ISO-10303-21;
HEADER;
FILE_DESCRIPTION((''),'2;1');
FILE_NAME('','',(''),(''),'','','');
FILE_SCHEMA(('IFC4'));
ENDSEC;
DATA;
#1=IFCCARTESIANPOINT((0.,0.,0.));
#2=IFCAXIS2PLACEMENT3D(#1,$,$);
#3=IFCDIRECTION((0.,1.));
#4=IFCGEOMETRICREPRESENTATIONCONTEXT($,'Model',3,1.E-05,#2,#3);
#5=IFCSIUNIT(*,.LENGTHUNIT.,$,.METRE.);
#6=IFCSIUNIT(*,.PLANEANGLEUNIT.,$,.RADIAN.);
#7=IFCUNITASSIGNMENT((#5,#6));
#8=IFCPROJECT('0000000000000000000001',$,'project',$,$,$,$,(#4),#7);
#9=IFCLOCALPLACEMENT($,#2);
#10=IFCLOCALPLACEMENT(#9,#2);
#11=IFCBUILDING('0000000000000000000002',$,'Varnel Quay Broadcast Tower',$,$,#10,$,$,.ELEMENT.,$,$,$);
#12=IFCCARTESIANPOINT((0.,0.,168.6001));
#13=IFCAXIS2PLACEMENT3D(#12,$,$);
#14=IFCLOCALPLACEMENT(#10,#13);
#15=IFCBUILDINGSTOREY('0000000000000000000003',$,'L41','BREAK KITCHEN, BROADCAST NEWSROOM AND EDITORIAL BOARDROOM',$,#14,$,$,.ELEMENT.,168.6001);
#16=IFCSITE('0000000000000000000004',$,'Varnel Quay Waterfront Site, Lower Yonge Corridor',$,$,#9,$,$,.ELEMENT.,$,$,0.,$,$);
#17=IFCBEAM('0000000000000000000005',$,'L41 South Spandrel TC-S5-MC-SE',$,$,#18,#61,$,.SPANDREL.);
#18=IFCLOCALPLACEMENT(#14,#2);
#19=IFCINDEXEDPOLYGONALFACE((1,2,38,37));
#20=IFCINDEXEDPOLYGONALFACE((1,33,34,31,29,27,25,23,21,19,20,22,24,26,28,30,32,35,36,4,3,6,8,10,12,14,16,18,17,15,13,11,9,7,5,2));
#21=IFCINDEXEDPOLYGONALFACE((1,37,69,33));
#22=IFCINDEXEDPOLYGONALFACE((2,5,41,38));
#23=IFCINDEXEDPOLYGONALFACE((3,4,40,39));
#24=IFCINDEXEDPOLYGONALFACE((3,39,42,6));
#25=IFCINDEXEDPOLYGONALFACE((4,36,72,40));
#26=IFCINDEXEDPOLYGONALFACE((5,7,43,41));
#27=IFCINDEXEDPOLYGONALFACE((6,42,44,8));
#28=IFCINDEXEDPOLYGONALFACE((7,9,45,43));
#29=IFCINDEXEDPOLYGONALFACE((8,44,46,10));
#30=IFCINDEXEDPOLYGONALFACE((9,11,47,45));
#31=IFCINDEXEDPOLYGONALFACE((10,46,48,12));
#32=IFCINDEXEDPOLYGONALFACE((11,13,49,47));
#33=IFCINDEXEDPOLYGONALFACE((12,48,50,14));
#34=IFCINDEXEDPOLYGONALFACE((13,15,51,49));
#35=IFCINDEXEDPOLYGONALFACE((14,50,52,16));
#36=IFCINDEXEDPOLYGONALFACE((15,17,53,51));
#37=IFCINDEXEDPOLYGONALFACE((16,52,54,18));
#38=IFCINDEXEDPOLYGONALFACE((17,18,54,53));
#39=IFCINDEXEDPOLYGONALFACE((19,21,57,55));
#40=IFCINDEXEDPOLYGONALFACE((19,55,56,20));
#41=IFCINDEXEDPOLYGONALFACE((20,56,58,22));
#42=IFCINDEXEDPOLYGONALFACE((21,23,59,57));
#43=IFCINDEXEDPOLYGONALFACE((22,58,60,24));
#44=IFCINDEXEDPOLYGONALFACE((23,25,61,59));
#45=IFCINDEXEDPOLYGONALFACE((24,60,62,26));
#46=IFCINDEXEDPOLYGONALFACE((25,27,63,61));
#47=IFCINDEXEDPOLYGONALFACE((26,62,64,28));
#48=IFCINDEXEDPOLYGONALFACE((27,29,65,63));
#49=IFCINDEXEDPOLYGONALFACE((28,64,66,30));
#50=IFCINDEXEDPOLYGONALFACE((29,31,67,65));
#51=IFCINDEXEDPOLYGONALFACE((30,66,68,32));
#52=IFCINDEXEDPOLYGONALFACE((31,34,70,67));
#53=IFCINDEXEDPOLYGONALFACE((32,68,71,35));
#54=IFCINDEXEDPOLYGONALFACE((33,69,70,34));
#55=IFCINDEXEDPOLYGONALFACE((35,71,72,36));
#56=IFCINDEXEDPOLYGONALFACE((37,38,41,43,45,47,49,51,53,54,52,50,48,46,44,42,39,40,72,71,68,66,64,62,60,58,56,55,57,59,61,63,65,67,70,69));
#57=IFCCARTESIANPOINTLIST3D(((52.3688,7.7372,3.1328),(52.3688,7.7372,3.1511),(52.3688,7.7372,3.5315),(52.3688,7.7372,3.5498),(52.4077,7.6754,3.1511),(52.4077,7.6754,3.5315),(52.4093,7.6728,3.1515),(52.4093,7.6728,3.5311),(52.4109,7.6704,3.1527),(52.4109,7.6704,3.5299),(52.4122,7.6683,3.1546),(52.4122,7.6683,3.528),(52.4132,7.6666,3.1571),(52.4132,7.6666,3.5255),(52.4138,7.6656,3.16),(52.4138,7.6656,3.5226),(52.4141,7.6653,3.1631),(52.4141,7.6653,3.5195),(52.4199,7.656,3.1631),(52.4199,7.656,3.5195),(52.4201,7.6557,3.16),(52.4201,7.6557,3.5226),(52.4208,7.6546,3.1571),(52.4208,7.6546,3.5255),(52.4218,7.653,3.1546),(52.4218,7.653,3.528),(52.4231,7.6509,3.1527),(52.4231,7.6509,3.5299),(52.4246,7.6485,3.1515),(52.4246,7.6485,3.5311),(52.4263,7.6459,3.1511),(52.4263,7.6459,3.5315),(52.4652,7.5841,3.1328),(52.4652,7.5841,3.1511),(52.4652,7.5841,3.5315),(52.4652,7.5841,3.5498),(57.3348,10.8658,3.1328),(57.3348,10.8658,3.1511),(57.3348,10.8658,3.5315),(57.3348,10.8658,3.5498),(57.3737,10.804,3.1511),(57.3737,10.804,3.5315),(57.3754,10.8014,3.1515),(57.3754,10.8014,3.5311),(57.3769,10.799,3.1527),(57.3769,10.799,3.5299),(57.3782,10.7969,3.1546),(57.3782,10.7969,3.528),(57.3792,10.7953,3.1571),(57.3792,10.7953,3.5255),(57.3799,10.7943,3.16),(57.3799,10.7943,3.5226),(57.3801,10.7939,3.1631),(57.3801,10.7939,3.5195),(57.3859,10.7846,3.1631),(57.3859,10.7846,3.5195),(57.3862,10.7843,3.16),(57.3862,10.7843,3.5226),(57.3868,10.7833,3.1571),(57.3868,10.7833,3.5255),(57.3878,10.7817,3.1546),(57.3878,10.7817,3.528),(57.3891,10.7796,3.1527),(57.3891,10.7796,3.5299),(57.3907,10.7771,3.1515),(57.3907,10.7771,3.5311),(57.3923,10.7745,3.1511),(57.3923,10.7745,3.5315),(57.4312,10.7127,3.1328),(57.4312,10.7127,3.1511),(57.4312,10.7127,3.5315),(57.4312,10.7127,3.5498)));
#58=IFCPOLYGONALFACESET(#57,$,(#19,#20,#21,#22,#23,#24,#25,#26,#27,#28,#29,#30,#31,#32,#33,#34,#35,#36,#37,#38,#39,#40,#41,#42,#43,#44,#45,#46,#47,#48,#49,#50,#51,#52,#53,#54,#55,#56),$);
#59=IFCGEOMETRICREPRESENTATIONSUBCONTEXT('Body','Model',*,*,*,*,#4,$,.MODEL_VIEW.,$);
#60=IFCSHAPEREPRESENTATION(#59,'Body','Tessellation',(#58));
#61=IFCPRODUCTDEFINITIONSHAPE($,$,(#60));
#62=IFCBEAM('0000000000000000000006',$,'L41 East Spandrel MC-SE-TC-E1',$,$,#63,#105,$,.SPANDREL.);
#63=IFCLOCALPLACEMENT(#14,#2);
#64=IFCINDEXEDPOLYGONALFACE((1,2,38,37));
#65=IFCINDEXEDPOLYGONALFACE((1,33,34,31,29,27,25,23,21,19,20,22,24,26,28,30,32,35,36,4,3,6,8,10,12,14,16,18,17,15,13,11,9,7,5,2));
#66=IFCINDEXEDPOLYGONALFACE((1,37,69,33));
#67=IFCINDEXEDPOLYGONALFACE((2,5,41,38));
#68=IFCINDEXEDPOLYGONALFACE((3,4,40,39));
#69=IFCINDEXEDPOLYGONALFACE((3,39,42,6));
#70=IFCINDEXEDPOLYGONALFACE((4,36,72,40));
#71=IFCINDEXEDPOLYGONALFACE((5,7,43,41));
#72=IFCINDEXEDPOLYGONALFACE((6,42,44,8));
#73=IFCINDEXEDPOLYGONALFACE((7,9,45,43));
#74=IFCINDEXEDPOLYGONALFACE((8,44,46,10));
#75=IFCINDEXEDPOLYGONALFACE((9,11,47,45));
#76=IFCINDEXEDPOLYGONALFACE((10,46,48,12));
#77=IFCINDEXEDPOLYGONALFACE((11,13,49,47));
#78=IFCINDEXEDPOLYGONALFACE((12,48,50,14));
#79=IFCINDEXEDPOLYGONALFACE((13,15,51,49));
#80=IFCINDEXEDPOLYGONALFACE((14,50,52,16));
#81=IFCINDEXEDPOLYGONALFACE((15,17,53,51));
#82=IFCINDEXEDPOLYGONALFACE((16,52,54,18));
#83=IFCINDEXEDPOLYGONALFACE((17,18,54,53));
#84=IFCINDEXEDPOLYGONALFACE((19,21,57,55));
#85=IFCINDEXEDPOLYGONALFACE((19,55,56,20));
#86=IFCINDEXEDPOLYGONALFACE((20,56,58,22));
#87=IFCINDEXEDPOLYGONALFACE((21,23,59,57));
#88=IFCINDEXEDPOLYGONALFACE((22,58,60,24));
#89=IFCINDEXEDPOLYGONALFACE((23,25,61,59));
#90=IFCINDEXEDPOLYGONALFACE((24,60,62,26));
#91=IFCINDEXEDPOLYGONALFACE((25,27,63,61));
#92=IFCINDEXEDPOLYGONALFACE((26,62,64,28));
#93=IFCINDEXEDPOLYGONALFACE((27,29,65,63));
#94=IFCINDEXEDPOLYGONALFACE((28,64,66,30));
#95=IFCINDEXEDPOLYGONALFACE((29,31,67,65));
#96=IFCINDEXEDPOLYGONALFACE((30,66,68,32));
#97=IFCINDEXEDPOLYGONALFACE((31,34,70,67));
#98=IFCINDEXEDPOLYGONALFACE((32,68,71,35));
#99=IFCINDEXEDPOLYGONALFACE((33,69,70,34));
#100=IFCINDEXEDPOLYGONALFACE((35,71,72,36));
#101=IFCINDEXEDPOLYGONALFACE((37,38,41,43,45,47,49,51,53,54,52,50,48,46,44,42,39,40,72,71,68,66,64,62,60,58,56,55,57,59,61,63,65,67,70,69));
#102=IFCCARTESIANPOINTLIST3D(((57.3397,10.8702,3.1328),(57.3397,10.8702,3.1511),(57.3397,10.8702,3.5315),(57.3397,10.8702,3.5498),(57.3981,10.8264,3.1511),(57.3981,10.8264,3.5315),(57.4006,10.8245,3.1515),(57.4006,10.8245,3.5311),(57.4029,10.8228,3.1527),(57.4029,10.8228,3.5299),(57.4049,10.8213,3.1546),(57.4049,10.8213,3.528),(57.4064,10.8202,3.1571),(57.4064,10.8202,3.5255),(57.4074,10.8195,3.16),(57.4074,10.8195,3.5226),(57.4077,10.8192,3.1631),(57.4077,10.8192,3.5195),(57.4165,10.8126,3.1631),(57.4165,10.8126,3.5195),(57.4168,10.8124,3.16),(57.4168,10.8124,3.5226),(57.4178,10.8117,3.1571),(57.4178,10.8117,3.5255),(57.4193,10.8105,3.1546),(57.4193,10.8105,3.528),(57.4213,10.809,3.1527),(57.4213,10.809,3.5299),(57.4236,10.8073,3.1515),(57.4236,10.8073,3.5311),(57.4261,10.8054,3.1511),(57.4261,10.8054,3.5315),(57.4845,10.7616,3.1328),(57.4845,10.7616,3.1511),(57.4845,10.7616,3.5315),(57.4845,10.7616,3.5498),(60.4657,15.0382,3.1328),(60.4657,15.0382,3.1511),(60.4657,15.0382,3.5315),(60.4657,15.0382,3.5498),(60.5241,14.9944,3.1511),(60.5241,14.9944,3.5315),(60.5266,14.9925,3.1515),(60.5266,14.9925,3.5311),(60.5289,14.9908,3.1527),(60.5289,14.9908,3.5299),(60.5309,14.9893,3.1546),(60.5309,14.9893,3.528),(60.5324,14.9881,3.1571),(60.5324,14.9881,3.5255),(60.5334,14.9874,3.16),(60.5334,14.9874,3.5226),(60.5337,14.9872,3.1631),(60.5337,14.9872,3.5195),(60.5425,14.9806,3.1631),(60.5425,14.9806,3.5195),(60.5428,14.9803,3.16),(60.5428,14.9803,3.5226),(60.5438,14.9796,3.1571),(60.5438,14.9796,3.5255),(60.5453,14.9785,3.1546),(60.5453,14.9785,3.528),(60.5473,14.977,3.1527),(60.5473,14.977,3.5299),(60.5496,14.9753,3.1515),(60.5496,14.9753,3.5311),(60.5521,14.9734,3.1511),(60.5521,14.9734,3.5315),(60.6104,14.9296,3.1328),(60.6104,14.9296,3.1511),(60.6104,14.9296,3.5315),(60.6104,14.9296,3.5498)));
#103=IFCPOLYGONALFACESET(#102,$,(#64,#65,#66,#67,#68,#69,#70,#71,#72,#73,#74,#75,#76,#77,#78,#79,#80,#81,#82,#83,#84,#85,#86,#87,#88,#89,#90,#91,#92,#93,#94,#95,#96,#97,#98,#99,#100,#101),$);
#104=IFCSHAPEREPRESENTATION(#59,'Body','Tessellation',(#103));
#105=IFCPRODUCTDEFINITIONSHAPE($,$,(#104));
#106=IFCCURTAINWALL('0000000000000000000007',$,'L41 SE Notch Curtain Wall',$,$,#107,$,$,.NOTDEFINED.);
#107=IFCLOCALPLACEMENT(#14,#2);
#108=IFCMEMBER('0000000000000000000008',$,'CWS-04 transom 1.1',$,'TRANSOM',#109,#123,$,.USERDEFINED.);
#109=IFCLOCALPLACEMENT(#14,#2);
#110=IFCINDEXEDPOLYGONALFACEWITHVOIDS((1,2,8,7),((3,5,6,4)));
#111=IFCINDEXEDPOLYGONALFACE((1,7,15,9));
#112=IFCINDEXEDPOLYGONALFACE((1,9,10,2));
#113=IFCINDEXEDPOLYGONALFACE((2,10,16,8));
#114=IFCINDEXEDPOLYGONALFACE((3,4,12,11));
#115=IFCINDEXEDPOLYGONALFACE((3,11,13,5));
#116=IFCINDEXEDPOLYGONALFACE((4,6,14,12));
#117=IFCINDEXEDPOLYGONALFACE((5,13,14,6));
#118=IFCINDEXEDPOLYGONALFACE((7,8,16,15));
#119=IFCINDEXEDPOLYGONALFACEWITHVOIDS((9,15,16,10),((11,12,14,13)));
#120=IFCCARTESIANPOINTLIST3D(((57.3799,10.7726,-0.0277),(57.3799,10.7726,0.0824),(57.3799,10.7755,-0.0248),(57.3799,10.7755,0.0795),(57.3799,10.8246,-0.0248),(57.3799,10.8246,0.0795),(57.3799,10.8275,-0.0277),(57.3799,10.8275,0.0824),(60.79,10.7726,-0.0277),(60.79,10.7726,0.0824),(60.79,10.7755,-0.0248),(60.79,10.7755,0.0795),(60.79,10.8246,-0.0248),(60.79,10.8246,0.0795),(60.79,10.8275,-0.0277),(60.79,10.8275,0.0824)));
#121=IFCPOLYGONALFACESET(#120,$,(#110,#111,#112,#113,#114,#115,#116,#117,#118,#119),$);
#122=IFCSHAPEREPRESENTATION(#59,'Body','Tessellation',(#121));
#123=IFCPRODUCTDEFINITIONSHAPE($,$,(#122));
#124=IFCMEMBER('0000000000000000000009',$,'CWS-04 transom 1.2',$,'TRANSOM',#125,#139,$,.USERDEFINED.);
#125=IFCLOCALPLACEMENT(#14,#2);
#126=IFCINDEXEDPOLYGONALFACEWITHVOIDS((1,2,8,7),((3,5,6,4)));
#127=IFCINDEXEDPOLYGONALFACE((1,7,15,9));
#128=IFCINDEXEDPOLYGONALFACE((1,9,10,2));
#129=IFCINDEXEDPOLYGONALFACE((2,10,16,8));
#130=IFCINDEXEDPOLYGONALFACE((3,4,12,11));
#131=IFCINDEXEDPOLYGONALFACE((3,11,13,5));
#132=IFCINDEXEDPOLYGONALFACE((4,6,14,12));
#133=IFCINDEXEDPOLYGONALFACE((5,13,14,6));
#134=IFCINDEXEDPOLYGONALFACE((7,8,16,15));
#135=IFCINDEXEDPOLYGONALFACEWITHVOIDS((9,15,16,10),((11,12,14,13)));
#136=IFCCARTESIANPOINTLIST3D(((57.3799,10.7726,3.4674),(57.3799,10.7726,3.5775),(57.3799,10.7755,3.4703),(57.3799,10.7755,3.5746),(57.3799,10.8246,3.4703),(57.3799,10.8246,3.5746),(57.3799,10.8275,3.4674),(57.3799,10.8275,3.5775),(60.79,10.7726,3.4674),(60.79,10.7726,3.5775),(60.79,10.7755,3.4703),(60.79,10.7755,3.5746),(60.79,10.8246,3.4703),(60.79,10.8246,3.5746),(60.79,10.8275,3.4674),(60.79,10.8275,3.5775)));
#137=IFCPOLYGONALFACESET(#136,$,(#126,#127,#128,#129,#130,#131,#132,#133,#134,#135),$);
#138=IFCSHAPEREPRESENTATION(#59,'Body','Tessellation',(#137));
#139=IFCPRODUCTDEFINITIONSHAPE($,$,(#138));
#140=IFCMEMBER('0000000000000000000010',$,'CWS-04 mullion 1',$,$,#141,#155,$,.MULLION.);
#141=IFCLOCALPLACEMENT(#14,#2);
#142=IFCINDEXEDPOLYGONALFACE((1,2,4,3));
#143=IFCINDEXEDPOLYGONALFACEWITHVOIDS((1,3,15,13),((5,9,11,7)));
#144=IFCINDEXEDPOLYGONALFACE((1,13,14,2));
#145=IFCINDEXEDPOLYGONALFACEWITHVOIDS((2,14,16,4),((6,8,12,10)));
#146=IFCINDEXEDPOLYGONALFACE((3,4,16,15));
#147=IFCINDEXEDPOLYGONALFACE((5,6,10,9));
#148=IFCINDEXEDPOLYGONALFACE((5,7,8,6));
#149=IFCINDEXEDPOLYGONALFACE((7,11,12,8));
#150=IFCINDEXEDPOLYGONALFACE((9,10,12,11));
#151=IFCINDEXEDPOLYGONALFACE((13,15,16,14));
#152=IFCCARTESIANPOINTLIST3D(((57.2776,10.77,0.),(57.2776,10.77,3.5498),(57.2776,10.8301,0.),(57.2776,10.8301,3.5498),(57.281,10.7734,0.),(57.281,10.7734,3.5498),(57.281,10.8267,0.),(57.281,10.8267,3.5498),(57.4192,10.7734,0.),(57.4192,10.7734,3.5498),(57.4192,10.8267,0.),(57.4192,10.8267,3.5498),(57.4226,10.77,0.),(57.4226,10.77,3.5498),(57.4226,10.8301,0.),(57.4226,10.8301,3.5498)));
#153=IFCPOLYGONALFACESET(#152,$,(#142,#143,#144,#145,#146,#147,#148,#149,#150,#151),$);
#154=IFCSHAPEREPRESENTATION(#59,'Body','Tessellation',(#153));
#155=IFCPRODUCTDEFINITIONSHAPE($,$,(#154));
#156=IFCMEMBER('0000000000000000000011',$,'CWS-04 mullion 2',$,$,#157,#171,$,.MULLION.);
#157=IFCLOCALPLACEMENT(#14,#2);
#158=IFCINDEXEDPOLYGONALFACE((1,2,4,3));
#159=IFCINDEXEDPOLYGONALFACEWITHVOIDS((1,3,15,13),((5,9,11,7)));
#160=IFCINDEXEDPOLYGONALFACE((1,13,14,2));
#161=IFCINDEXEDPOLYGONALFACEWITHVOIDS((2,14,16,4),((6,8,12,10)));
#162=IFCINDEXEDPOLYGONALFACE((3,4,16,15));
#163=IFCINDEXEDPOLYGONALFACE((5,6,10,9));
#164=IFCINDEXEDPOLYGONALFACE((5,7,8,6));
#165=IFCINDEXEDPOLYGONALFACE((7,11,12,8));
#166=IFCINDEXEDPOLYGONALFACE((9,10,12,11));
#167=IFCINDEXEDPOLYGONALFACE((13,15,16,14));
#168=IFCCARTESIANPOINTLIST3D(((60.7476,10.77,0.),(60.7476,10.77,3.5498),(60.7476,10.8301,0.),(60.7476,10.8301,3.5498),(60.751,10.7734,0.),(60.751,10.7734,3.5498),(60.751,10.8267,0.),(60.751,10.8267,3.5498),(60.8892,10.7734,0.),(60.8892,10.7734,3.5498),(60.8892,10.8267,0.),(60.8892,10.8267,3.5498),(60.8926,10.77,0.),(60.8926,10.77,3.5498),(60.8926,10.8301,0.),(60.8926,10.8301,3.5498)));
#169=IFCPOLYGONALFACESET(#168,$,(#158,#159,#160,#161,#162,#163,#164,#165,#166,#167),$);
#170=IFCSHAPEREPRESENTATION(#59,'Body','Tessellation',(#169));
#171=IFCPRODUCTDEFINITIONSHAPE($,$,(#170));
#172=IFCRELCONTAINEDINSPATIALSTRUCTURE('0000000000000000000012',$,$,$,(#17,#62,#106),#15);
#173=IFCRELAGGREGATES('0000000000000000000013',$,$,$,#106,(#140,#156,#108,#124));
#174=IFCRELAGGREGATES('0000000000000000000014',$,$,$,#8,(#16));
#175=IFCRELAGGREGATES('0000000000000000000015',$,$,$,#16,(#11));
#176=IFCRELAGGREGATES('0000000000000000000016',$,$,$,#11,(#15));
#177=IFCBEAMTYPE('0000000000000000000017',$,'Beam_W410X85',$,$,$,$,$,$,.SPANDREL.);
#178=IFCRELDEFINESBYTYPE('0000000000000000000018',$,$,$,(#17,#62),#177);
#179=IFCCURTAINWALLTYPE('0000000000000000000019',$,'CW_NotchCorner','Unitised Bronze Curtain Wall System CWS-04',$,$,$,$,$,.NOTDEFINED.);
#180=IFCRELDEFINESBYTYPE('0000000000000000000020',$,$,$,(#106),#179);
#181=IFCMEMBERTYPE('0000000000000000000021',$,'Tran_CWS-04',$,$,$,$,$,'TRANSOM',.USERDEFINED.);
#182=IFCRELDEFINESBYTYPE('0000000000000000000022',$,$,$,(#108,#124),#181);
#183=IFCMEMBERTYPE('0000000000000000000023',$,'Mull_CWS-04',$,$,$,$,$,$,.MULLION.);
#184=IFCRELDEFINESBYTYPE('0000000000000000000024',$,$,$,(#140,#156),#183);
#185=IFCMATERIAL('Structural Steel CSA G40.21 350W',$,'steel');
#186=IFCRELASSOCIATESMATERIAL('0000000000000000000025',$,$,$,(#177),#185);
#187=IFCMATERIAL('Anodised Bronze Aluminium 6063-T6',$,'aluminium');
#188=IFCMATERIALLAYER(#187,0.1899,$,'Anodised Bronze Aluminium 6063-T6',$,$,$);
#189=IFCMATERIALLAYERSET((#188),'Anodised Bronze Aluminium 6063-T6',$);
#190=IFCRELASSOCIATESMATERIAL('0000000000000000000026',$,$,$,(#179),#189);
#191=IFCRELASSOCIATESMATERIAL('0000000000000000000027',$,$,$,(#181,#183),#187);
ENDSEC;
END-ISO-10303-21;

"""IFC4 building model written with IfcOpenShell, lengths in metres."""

from ifc_helpers import new_model, si_unit, direction, frame, origin, origin_2d, place, context, subcontext, project, spatial, hollow_rectangle, i_section, extrude, source, transform, mapped, material, layer, layer_set, material_profile, profile_set, type_object, type_shapes, element, aggregate, save


model = new_model("IFC4")

# Units and contexts
model_context = context("Model", 3, precision=1e-05, world=origin(), true_north=direction((0.0, 1.0)))
body_context = subcontext(model_context, "Body", "Model", "MODEL_VIEW")
ifc_project = project(units=[si_unit("LENGTHUNIT", "METRE"), si_unit("PLANEANGLEUNIT", "RADIAN")], contexts=[model_context])

# Site, building, storey
site_placement = place(None, origin())
site = spatial("IfcSite", under=ifc_project, at=site_placement, Name="Varnel Quay Waterfront Site, Lower Yonge Corridor", CompositionType="ELEMENT", RefElevation=0.0)
building_placement = place(site_placement, origin())
building = spatial("IfcBuilding", under=site, at=building_placement, Name="Varnel Quay Broadcast Tower", CompositionType="ELEMENT")
storey_placement = place(building_placement, frame((0.0, 0.0, 168.6001)))
storey = spatial("IfcBuildingStorey", under=building, at=storey_placement, Name="L41", Description="BREAK KITCHEN, BROADCAST NEWSROOM AND EDITORIAL BOARDROOM", CompositionType="ELEMENT", Elevation=168.6001)

# Shared definitions
ifc_material_1 = material(Name="Structural Steel CSA G40.21 350W", Category="steel")

# Beams
ifc_material_profile_1 = material_profile(ifc_material_1, i_section(OverallWidth=0.1809, OverallDepth=0.417, WebThickness=0.011, FlangeThickness=0.0183, FilletRadius=0.012, at=origin_2d()), Name="W410X85")
ifc_profile_set_1 = profile_set([ifc_material_profile_1], Name="Structural Steel CSA G40.21 350W")
beam_type = type_object("IfcBeamType", Name="Beam_W410X85", PredefinedType="SPANDREL", material=ifc_profile_set_1)
shared_shape_1 = source(origin(), body_context, "Body", "SweptSolid", [
    extrude(i_section(OverallWidth=0.1809, OverallDepth=0.417, WebThickness=0.011, FlangeThickness=0.0183, FilletRadius=0.012, at=origin_2d()), origin(), (0.0, 0.0, 1.0), 5.8694),
])
beam_1_placement = place(storey_placement, frame((52.417, 7.6606, 3.3413), z_axis=(0.846088, 0.533043, 0.0), x_axis=(-0.533043, 0.846088, 0.0)))
element("IfcBeam", 1, at=beam_1_placement, inside=storey, type_object=beam_type, Name="L41 South Spandrel TC-S5-MC-SE", PredefinedType="SPANDREL", context=body_context, shape_type="MappedRepresentation", body=[
    mapped(shared_shape_1, transform((0.0, 0.0, 0.0), x_axis=(1.0, 0.0, 0.0), y_axis=(0.0, 1.0, 0.0), z_axis=(0.0, 0.0, 1.0), scale=1.0)),
])
shared_shape_2 = source(origin(), body_context, "Body", "SweptSolid", [
    extrude(i_section(OverallWidth=0.1809, OverallDepth=0.417, WebThickness=0.011, FlangeThickness=0.0183, FilletRadius=0.012, at=origin_2d()), origin(), (0.0, 0.0, 1.0), 5.21),
])
beam_2_placement = place(storey_placement, frame((57.4121, 10.8159, 3.3413), z_axis=(0.6, 0.8, 0.0), x_axis=(-0.8, 0.6, 0.0)))
element("IfcBeam", 2, at=beam_2_placement, inside=storey, type_object=beam_type, Name="L41 East Spandrel MC-SE-TC-E1", PredefinedType="SPANDREL", context=body_context, shape_type="MappedRepresentation", body=[
    mapped(shared_shape_2, transform((0.0, 0.0, 0.0), x_axis=(1.0, 0.0, 0.0), y_axis=(0.0, 1.0, 0.0), z_axis=(0.0, 0.0, 1.0), scale=1.0)),
])

# Curtain wall, members
ifc_material_2 = material(Name="Anodised Bronze Aluminium 6063-T6", Category="aluminium")
ifc_layer_1 = layer(ifc_material_2, 0.1899, Name="Anodised Bronze Aluminium 6063-T6")
ifc_layer_set_1 = layer_set([ifc_layer_1], Name="Anodised Bronze Aluminium 6063-T6")
curtain_wall_type_1 = type_object("IfcCurtainWallType", Name="CW_NotchCorner", Description="Unitised Bronze Curtain Wall System CWS-04", PredefinedType="NOTDEFINED", material=ifc_layer_set_1)
curtain_wall_1_placement = place(storey_placement, origin())
curtain_wall_1 = element("IfcCurtainWall", 3, at=curtain_wall_1_placement, inside=storey, type_object=curtain_wall_type_1, Name="L41 SE Notch Curtain Wall", PredefinedType="NOTDEFINED")
ifc_material_profile_2 = material_profile(ifc_material_2, hollow_rectangle(XDim=0.0549, YDim=0.1101, WallThickness=0.0029, at=origin_2d()), Name="ALU55X110X3")
ifc_profile_set_2 = profile_set([ifc_material_profile_2], Name="Anodised Bronze Aluminium 6063-T6")
member_type_1 = type_object("IfcMemberType", Name="Tran_CWS-04", ElementType="TRANSOM", PredefinedType="USERDEFINED", material=ifc_profile_set_2)
shared_shape_3 = source(origin(), body_context, "Body", "SweptSolid", [
    extrude(hollow_rectangle(XDim=0.0549, YDim=0.1101, WallThickness=0.0029, at=origin_2d()), origin(), (0.0, 0.0, 1.0), 3.4102),
])
type_shapes(member_type_1, [shared_shape_3])
member_1_placement = place(storey_placement, frame((57.3799, 10.8, 0.0273), z_axis=(1.0, 0.0, 0.0), x_axis=(0.0, 1.0, 0.0)))
member_1 = element("IfcMember", 4, at=member_1_placement, type_object=member_type_1, Name="CWS-04 transom 1.1", ObjectType="TRANSOM", PredefinedType="USERDEFINED", context=body_context, shape_type="MappedRepresentation", body=[
    mapped(shared_shape_3, transform((0.0, 0.0, 0.0), x_axis=(1.0, 0.0, 0.0), y_axis=(0.0, 1.0, 0.0), z_axis=(0.0, 0.0, 1.0), scale=1.0)),
])
member_2_placement = place(storey_placement, frame((57.3799, 10.8, 3.5225), z_axis=(1.0, 0.0, 0.0), x_axis=(0.0, 1.0, 0.0)))
member_2 = element("IfcMember", 5, at=member_2_placement, type_object=member_type_1, Name="CWS-04 transom 1.2", ObjectType="TRANSOM", PredefinedType="USERDEFINED", context=body_context, shape_type="MappedRepresentation", body=[
    mapped(shared_shape_3, transform((0.0, 0.0, 0.0), x_axis=(1.0, 0.0, 0.0), y_axis=(0.0, 1.0, 0.0), z_axis=(0.0, 0.0, 1.0), scale=1.0)),
])
ifc_material_profile_3 = material_profile(ifc_material_2, hollow_rectangle(XDim=0.0601, YDim=0.145, WallThickness=0.0034, at=origin_2d()), Name="ALU60X145X3.5")
ifc_profile_set_3 = profile_set([ifc_material_profile_3], Name="Anodised Bronze Aluminium 6063-T6")
member_type_2 = type_object("IfcMemberType", Name="Mull_CWS-04", PredefinedType="MULLION", material=ifc_profile_set_3)
shared_shape_4 = source(origin(), body_context, "Body", "SweptSolid", [
    extrude(hollow_rectangle(XDim=0.0601, YDim=0.145, WallThickness=0.0034, at=origin_2d()), origin(), (0.0, 0.0, 1.0), 3.5498),
])
type_shapes(member_type_2, [shared_shape_4])
member_3_placement = place(storey_placement, frame((57.3501, 10.8, 0.0), z_axis=(0.0, 0.0, 1.0), x_axis=(0.0, 1.0, 0.0)))
member_3 = element("IfcMember", 6, at=member_3_placement, type_object=member_type_2, Name="CWS-04 mullion 1", PredefinedType="MULLION", context=body_context, shape_type="MappedRepresentation", body=[
    mapped(shared_shape_4, transform((0.0, 0.0, 0.0), x_axis=(1.0, 0.0, 0.0), y_axis=(0.0, 1.0, 0.0), z_axis=(0.0, 0.0, 1.0), scale=1.0)),
])
member_4_placement = place(storey_placement, frame((60.8201, 10.8, 0.0), z_axis=(0.0, 0.0, 1.0), x_axis=(0.0, 1.0, 0.0)))
member_4 = element("IfcMember", 7, at=member_4_placement, type_object=member_type_2, Name="CWS-04 mullion 2", PredefinedType="MULLION", context=body_context, shape_type="MappedRepresentation", body=[
    mapped(shared_shape_4, transform((0.0, 0.0, 0.0), x_axis=(1.0, 0.0, 0.0), y_axis=(0.0, 1.0, 0.0), z_axis=(0.0, 0.0, 1.0), scale=1.0)),
])

aggregate(curtain_wall_1, [member_3, member_4, member_1, member_2])

save(model, "model.ifc")
